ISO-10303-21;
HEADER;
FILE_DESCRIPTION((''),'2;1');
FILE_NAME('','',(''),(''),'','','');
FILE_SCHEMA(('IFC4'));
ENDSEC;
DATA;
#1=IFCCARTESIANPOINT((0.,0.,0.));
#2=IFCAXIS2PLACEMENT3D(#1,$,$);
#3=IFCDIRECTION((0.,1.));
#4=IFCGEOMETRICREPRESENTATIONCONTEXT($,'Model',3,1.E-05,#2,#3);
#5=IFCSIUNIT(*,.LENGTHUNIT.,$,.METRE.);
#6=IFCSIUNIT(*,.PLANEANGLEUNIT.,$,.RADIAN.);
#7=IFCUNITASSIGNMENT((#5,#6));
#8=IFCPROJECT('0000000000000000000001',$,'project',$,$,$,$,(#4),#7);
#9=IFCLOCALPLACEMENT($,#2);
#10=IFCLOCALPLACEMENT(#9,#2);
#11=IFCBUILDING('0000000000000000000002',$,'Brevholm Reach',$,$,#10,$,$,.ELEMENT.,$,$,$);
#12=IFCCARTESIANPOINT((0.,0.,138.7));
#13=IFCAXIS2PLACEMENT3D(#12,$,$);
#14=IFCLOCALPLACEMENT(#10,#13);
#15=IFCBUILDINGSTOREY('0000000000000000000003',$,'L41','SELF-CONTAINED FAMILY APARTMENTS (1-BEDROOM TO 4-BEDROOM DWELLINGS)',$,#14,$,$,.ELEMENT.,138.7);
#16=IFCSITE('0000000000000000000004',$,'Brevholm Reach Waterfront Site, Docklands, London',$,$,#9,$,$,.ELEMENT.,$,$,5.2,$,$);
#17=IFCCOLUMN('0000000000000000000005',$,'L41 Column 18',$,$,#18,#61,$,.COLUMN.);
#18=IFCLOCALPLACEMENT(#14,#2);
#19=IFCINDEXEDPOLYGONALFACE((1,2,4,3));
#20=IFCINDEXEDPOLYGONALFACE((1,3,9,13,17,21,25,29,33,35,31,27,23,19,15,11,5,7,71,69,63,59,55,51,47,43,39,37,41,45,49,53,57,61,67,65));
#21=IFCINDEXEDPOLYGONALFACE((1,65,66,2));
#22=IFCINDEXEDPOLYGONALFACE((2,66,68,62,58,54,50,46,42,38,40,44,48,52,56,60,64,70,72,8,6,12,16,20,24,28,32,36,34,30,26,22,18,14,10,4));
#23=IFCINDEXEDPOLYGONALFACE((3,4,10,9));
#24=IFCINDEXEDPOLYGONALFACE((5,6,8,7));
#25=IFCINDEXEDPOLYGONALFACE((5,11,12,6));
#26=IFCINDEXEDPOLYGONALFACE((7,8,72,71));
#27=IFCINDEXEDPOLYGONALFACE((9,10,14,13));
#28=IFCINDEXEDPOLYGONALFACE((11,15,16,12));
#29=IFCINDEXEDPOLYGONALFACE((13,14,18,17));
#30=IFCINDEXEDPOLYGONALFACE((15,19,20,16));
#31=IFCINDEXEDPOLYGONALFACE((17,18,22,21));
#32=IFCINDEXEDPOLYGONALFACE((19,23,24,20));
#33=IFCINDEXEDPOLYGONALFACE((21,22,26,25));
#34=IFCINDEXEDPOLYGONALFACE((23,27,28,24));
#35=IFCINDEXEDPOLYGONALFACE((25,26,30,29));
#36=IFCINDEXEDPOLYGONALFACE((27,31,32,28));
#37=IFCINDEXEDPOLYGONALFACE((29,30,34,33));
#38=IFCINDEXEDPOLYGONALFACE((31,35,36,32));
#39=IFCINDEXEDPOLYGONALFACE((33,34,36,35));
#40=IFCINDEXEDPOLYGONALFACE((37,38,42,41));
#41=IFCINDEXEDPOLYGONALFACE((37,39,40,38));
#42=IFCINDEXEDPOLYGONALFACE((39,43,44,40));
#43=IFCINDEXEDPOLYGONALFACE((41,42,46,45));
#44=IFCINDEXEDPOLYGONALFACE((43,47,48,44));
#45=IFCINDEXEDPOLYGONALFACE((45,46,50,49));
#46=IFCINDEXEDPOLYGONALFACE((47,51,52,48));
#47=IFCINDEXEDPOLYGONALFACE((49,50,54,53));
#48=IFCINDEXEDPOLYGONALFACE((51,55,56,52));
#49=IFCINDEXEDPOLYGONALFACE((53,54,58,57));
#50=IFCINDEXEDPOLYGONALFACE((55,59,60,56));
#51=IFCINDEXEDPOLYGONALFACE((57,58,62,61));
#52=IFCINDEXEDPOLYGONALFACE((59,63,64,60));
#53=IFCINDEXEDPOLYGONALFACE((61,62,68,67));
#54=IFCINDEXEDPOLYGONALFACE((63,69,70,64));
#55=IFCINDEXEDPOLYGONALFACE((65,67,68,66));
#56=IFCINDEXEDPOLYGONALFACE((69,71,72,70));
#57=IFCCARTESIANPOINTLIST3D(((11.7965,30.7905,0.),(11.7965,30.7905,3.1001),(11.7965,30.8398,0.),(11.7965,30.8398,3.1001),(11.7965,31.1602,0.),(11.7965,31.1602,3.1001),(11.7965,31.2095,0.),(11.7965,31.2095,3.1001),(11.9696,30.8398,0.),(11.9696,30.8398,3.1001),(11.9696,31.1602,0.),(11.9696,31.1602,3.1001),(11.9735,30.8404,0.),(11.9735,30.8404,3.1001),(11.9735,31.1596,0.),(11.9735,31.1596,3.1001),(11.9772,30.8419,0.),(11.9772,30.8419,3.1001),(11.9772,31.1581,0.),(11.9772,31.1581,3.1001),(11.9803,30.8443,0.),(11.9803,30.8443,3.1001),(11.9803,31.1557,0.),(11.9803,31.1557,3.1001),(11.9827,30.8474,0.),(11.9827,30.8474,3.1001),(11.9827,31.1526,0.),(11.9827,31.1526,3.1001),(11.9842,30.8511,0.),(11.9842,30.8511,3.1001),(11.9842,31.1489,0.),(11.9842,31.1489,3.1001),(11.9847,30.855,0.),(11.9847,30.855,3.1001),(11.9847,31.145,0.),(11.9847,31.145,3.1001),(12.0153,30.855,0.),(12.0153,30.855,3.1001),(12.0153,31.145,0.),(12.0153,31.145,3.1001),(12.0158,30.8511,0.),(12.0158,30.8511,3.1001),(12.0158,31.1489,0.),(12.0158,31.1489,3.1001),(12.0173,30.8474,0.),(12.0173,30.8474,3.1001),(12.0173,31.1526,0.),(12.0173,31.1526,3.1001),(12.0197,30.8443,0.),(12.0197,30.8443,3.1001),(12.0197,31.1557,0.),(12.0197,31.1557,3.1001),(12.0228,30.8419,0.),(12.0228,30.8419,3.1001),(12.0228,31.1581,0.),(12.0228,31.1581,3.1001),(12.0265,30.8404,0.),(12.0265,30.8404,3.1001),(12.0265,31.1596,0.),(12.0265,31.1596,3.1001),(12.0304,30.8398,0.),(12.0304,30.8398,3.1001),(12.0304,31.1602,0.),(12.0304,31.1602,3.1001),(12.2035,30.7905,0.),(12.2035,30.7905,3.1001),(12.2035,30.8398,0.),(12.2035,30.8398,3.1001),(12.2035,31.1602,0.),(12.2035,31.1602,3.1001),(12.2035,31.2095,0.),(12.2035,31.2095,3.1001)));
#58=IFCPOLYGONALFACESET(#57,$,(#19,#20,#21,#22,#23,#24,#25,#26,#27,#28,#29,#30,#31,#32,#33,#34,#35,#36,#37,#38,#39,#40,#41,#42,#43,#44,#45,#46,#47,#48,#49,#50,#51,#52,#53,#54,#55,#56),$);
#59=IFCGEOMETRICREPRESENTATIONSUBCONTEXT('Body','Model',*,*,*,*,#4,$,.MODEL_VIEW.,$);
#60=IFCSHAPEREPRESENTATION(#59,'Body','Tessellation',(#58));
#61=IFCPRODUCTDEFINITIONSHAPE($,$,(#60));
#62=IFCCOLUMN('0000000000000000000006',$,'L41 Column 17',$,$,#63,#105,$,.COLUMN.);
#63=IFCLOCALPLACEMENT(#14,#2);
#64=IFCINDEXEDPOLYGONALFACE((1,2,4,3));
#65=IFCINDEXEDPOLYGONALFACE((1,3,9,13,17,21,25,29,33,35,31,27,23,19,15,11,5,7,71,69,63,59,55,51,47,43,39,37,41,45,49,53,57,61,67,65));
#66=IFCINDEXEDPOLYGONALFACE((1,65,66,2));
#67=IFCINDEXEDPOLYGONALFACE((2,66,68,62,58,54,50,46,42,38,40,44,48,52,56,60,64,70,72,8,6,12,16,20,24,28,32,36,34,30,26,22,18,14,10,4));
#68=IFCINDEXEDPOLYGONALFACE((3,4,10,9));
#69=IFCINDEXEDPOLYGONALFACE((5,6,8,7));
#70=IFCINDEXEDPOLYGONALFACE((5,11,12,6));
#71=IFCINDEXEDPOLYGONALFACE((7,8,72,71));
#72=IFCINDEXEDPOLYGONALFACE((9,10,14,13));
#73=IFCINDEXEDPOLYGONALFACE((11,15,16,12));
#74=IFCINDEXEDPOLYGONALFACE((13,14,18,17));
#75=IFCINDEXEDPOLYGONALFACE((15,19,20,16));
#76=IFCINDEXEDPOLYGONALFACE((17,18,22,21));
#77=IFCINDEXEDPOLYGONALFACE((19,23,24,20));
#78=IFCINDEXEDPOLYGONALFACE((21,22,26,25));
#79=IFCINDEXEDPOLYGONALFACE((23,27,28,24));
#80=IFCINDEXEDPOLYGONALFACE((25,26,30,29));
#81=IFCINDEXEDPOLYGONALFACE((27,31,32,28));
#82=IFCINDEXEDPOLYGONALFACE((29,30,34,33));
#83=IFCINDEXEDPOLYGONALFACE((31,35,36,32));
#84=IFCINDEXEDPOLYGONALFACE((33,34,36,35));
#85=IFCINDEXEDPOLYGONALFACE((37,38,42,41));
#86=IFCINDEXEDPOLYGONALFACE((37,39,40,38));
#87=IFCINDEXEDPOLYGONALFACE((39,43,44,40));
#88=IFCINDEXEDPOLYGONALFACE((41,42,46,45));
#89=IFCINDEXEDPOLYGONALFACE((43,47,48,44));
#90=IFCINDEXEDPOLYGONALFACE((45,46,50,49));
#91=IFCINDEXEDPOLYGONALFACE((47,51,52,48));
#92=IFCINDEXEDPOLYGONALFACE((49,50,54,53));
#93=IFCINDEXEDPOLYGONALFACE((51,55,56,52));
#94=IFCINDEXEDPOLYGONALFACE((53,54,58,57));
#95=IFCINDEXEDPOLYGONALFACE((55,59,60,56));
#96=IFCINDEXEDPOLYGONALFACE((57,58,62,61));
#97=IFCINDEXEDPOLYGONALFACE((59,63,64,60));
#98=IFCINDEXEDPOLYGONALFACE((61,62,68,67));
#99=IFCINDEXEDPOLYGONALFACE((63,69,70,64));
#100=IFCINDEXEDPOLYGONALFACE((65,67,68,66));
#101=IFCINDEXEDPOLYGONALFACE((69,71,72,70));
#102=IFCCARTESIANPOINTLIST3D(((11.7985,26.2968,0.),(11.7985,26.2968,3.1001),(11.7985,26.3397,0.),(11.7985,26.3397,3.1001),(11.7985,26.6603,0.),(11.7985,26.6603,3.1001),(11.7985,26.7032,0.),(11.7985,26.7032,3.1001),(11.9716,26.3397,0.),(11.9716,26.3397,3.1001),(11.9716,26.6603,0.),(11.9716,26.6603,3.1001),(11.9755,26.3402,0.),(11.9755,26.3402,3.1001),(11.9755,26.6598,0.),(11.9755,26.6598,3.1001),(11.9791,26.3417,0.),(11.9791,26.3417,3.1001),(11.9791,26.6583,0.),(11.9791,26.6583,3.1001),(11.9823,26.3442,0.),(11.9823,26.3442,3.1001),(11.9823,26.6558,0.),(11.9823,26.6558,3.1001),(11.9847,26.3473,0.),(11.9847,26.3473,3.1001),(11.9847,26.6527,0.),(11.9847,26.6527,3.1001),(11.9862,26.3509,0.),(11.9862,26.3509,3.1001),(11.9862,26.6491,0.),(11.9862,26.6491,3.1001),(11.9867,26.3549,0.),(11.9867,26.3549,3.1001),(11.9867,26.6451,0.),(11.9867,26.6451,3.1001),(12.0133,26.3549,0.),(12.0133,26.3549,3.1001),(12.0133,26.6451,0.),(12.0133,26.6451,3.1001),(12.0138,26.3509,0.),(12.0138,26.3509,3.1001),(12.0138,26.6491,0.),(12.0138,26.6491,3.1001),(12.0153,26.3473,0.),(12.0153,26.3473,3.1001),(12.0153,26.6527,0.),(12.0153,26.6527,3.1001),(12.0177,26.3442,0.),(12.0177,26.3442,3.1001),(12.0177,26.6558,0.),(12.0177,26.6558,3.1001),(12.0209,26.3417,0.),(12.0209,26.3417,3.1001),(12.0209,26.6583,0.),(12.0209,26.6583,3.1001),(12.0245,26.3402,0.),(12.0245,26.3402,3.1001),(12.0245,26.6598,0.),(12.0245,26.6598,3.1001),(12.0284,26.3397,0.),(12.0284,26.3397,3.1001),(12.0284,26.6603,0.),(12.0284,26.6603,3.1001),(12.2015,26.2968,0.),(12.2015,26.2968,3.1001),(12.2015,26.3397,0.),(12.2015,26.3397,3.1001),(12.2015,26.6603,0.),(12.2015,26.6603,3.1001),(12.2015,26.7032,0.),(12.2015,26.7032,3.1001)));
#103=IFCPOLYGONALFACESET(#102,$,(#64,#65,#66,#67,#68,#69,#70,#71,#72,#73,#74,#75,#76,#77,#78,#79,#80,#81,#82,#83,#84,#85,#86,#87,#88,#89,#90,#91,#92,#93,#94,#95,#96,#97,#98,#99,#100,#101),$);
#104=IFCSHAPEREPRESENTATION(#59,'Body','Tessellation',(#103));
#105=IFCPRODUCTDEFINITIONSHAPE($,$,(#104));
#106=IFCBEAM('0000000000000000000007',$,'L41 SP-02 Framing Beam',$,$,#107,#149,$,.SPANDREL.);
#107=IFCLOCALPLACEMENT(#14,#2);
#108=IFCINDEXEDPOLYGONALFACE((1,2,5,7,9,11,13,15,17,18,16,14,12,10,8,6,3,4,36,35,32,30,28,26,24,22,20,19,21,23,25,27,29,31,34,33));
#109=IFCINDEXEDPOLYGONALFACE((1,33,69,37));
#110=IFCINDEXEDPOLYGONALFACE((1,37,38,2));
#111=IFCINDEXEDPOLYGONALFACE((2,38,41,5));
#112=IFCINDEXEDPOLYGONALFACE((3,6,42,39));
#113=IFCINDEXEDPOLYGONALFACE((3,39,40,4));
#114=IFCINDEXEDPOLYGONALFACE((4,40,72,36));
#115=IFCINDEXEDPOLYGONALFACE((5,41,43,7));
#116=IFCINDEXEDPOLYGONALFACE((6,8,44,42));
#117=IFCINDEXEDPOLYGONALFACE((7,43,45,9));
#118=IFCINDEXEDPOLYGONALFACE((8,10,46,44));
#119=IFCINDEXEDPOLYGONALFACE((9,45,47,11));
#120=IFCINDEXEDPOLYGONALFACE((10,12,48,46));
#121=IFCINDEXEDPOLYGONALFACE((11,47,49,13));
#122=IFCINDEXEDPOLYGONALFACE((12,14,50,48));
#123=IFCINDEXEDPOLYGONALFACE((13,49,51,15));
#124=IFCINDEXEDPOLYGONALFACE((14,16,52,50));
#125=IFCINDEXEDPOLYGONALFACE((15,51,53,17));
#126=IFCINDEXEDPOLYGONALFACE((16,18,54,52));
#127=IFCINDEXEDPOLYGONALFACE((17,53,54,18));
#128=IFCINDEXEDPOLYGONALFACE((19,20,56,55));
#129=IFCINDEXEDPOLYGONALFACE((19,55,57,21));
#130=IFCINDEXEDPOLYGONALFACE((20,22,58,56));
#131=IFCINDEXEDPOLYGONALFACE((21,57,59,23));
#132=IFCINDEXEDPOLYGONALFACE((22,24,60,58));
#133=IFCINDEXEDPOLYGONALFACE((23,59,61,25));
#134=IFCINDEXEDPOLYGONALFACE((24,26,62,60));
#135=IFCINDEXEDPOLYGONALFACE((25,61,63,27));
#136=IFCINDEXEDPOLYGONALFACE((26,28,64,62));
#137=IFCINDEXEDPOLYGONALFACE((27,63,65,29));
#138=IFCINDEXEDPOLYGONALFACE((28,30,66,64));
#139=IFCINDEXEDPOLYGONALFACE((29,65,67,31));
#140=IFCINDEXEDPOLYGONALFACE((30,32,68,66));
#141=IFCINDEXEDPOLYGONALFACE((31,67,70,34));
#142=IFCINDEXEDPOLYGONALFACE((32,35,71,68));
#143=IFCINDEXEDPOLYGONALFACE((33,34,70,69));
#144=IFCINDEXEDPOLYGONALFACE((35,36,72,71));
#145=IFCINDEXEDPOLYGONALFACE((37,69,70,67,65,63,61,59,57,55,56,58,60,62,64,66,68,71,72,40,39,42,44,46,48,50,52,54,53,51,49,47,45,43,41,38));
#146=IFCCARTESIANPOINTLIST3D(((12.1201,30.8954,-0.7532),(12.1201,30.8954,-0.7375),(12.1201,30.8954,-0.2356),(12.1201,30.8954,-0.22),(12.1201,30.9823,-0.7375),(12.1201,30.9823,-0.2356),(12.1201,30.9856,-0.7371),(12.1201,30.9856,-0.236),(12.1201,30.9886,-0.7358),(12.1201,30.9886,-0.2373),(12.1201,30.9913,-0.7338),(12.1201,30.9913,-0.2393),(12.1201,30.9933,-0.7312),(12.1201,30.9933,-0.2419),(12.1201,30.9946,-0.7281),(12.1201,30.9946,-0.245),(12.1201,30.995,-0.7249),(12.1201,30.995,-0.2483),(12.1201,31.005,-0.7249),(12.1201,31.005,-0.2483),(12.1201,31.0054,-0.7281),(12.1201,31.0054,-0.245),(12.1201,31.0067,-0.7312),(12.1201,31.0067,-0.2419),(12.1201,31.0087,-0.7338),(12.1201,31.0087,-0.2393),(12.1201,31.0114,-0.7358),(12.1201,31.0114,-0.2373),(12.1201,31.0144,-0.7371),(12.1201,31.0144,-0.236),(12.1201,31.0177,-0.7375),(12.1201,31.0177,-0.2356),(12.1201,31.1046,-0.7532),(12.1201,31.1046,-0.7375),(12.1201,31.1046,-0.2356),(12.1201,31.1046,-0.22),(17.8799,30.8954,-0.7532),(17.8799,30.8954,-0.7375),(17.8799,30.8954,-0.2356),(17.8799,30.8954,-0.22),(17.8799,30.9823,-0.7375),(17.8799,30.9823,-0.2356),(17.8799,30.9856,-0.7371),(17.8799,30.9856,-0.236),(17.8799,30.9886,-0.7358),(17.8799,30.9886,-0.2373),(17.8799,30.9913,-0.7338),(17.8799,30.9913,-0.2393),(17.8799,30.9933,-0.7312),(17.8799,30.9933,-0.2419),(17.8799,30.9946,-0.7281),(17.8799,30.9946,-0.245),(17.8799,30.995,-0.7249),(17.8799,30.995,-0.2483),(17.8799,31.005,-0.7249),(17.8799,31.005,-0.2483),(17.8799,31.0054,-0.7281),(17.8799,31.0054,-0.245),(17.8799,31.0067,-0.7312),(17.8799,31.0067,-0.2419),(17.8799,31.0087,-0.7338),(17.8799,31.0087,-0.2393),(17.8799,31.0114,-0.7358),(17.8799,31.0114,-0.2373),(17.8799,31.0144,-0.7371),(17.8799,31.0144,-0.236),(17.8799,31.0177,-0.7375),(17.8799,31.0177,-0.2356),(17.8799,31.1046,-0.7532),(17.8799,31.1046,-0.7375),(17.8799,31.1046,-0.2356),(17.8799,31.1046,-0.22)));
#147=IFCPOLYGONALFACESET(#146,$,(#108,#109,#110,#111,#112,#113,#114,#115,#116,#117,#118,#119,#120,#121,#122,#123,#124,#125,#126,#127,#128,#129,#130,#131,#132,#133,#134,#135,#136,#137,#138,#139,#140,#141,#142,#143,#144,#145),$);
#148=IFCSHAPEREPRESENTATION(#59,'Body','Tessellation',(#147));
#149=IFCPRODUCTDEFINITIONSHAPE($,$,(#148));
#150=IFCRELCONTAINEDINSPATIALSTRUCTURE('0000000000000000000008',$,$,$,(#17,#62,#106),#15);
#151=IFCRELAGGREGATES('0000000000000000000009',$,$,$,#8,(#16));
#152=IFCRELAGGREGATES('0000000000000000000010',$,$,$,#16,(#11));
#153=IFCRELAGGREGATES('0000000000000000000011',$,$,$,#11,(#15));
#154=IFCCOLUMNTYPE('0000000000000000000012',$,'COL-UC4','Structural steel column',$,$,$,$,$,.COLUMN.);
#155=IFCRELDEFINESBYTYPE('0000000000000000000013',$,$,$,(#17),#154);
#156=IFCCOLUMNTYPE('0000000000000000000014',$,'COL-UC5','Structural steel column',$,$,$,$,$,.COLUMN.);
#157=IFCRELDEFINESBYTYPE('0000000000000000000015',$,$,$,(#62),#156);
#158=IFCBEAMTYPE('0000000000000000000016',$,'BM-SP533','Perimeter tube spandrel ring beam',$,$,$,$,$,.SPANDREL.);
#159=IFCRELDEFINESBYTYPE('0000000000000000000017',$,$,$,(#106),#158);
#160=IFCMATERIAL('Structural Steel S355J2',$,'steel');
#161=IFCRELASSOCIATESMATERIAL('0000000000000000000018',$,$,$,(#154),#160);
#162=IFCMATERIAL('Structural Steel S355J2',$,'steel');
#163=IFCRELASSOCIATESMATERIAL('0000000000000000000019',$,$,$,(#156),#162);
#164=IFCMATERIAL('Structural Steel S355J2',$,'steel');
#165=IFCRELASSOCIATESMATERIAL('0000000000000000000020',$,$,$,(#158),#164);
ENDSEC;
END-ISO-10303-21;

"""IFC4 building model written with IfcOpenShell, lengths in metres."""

from ifc_helpers import new_model, si_unit, direction, frame, origin, origin_2d, place, context, subcontext, project, spatial, i_section, extrude, material, material_profile, profile_set, type_object, element, save


model = new_model("IFC4")

# Units and contexts
model_context = context("Model", 3, precision=1e-05, world=origin(), true_north=direction((0.0, 1.0)))
body_context = subcontext(model_context, "Body", "Model", "MODEL_VIEW")
ifc_project = project(units=[si_unit("LENGTHUNIT", "METRE"), si_unit("PLANEANGLEUNIT", "RADIAN")], contexts=[model_context])

# Site, building, storey
site_placement = place(None, origin())
site = spatial("IfcSite", under=ifc_project, at=site_placement, Name="Brevholm Reach Waterfront Site, Docklands, London", CompositionType="ELEMENT", RefElevation=5.2)
building_placement = place(site_placement, origin())
building = spatial("IfcBuilding", under=site, at=building_placement, Name="Brevholm Reach", CompositionType="ELEMENT")
storey_placement = place(building_placement, frame((0.0, 0.0, 138.7)))
storey = spatial("IfcBuildingStorey", under=building, at=storey_placement, Name="L41", Description="SELF-CONTAINED FAMILY APARTMENTS (1-BEDROOM TO 4-BEDROOM DWELLINGS)", CompositionType="ELEMENT", Elevation=138.7)

# Columns
ifc_material_1 = material(Name="Structural Steel S355J2", Category="steel")
ifc_material_profile_1 = material_profile(ifc_material_1, i_section(OverallWidth=0.407, OverallDepth=0.4189, WebThickness=0.0305, FlangeThickness=0.0493, FilletRadius=0.0151, at=origin_2d()), Name="UKC 356x406x393")
ifc_profile_set_1 = profile_set([ifc_material_profile_1], Name="Structural Steel S355J2")
column_type_1 = type_object("IfcColumnType", Name="COL-UC4", Description="Structural steel column", PredefinedType="COLUMN", material=ifc_profile_set_1)
column_1_placement = place(storey_placement, frame((12.0, 31.0, 0.0), z_axis=(0.0, 0.0, 1.0), x_axis=(1.0, 0.0, 0.0)))
element("IfcColumn", 1, at=column_1_placement, inside=storey, type_object=column_type_1, Name="L41 Column 18", PredefinedType="COLUMN", context=body_context, shape_type="SweptSolid", body=[
    extrude(i_section(OverallWidth=0.407, OverallDepth=0.4189, WebThickness=0.0305, FlangeThickness=0.0493, FilletRadius=0.0151, at=origin_2d()), origin(), (0.0, 0.0, 1.0), 3.1001),
])
ifc_material_2 = material(Name="Structural Steel S355J2", Category="steel")
ifc_material_profile_2 = material_profile(ifc_material_2, i_section(OverallWidth=0.4031, OverallDepth=0.4065, WebThickness=0.0266, FlangeThickness=0.043, FilletRadius=0.0151, at=origin_2d()), Name="UKC 356x406x340")
ifc_profile_set_2 = profile_set([ifc_material_profile_2], Name="Structural Steel S355J2")
column_type_2 = type_object("IfcColumnType", Name="COL-UC5", Description="Structural steel column", PredefinedType="COLUMN", material=ifc_profile_set_2)
column_2_placement = place(storey_placement, frame((12.0, 26.5, 0.0), z_axis=(0.0, 0.0, 1.0), x_axis=(1.0, 0.0, 0.0)))
element("IfcColumn", 2, at=column_2_placement, inside=storey, type_object=column_type_2, Name="L41 Column 17", PredefinedType="COLUMN", context=body_context, shape_type="SweptSolid", body=[
    extrude(i_section(OverallWidth=0.4031, OverallDepth=0.4065, WebThickness=0.0266, FlangeThickness=0.043, FilletRadius=0.0151, at=origin_2d()), origin(), (0.0, 0.0, 1.0), 3.1001),
])

# Beam
ifc_material_3 = material(Name="Structural Steel S355J2", Category="steel")
ifc_material_profile_3 = material_profile(ifc_material_3, i_section(OverallWidth=0.2092, OverallDepth=0.5332, WebThickness=0.01, FlangeThickness=0.0156, FilletRadius=0.0127, at=origin_2d()), Name="UKB 533x210x92")
ifc_profile_set_3 = profile_set([ifc_material_profile_3], Name="Structural Steel S355J2")
beam_type_1 = type_object("IfcBeamType", Name="BM-SP533", Description="Perimeter tube spandrel ring beam", PredefinedType="SPANDREL", material=ifc_profile_set_3)
beam_1_placement = place(storey_placement, frame((12.1201, 31.0, -0.4866), z_axis=(1.0, 0.0, 0.0), x_axis=(0.0, 1.0, 0.0)))
element("IfcBeam", 3, at=beam_1_placement, inside=storey, type_object=beam_type_1, Name="L41 SP-02 Framing Beam", PredefinedType="SPANDREL", context=body_context, shape_type="SweptSolid", body=[
    extrude(i_section(OverallWidth=0.2092, OverallDepth=0.5332, WebThickness=0.01, FlangeThickness=0.0156, FilletRadius=0.0127, at=origin_2d()), origin(), (0.0, 0.0, 1.0), 5.7598),
])

save(model, "model.ifc")
